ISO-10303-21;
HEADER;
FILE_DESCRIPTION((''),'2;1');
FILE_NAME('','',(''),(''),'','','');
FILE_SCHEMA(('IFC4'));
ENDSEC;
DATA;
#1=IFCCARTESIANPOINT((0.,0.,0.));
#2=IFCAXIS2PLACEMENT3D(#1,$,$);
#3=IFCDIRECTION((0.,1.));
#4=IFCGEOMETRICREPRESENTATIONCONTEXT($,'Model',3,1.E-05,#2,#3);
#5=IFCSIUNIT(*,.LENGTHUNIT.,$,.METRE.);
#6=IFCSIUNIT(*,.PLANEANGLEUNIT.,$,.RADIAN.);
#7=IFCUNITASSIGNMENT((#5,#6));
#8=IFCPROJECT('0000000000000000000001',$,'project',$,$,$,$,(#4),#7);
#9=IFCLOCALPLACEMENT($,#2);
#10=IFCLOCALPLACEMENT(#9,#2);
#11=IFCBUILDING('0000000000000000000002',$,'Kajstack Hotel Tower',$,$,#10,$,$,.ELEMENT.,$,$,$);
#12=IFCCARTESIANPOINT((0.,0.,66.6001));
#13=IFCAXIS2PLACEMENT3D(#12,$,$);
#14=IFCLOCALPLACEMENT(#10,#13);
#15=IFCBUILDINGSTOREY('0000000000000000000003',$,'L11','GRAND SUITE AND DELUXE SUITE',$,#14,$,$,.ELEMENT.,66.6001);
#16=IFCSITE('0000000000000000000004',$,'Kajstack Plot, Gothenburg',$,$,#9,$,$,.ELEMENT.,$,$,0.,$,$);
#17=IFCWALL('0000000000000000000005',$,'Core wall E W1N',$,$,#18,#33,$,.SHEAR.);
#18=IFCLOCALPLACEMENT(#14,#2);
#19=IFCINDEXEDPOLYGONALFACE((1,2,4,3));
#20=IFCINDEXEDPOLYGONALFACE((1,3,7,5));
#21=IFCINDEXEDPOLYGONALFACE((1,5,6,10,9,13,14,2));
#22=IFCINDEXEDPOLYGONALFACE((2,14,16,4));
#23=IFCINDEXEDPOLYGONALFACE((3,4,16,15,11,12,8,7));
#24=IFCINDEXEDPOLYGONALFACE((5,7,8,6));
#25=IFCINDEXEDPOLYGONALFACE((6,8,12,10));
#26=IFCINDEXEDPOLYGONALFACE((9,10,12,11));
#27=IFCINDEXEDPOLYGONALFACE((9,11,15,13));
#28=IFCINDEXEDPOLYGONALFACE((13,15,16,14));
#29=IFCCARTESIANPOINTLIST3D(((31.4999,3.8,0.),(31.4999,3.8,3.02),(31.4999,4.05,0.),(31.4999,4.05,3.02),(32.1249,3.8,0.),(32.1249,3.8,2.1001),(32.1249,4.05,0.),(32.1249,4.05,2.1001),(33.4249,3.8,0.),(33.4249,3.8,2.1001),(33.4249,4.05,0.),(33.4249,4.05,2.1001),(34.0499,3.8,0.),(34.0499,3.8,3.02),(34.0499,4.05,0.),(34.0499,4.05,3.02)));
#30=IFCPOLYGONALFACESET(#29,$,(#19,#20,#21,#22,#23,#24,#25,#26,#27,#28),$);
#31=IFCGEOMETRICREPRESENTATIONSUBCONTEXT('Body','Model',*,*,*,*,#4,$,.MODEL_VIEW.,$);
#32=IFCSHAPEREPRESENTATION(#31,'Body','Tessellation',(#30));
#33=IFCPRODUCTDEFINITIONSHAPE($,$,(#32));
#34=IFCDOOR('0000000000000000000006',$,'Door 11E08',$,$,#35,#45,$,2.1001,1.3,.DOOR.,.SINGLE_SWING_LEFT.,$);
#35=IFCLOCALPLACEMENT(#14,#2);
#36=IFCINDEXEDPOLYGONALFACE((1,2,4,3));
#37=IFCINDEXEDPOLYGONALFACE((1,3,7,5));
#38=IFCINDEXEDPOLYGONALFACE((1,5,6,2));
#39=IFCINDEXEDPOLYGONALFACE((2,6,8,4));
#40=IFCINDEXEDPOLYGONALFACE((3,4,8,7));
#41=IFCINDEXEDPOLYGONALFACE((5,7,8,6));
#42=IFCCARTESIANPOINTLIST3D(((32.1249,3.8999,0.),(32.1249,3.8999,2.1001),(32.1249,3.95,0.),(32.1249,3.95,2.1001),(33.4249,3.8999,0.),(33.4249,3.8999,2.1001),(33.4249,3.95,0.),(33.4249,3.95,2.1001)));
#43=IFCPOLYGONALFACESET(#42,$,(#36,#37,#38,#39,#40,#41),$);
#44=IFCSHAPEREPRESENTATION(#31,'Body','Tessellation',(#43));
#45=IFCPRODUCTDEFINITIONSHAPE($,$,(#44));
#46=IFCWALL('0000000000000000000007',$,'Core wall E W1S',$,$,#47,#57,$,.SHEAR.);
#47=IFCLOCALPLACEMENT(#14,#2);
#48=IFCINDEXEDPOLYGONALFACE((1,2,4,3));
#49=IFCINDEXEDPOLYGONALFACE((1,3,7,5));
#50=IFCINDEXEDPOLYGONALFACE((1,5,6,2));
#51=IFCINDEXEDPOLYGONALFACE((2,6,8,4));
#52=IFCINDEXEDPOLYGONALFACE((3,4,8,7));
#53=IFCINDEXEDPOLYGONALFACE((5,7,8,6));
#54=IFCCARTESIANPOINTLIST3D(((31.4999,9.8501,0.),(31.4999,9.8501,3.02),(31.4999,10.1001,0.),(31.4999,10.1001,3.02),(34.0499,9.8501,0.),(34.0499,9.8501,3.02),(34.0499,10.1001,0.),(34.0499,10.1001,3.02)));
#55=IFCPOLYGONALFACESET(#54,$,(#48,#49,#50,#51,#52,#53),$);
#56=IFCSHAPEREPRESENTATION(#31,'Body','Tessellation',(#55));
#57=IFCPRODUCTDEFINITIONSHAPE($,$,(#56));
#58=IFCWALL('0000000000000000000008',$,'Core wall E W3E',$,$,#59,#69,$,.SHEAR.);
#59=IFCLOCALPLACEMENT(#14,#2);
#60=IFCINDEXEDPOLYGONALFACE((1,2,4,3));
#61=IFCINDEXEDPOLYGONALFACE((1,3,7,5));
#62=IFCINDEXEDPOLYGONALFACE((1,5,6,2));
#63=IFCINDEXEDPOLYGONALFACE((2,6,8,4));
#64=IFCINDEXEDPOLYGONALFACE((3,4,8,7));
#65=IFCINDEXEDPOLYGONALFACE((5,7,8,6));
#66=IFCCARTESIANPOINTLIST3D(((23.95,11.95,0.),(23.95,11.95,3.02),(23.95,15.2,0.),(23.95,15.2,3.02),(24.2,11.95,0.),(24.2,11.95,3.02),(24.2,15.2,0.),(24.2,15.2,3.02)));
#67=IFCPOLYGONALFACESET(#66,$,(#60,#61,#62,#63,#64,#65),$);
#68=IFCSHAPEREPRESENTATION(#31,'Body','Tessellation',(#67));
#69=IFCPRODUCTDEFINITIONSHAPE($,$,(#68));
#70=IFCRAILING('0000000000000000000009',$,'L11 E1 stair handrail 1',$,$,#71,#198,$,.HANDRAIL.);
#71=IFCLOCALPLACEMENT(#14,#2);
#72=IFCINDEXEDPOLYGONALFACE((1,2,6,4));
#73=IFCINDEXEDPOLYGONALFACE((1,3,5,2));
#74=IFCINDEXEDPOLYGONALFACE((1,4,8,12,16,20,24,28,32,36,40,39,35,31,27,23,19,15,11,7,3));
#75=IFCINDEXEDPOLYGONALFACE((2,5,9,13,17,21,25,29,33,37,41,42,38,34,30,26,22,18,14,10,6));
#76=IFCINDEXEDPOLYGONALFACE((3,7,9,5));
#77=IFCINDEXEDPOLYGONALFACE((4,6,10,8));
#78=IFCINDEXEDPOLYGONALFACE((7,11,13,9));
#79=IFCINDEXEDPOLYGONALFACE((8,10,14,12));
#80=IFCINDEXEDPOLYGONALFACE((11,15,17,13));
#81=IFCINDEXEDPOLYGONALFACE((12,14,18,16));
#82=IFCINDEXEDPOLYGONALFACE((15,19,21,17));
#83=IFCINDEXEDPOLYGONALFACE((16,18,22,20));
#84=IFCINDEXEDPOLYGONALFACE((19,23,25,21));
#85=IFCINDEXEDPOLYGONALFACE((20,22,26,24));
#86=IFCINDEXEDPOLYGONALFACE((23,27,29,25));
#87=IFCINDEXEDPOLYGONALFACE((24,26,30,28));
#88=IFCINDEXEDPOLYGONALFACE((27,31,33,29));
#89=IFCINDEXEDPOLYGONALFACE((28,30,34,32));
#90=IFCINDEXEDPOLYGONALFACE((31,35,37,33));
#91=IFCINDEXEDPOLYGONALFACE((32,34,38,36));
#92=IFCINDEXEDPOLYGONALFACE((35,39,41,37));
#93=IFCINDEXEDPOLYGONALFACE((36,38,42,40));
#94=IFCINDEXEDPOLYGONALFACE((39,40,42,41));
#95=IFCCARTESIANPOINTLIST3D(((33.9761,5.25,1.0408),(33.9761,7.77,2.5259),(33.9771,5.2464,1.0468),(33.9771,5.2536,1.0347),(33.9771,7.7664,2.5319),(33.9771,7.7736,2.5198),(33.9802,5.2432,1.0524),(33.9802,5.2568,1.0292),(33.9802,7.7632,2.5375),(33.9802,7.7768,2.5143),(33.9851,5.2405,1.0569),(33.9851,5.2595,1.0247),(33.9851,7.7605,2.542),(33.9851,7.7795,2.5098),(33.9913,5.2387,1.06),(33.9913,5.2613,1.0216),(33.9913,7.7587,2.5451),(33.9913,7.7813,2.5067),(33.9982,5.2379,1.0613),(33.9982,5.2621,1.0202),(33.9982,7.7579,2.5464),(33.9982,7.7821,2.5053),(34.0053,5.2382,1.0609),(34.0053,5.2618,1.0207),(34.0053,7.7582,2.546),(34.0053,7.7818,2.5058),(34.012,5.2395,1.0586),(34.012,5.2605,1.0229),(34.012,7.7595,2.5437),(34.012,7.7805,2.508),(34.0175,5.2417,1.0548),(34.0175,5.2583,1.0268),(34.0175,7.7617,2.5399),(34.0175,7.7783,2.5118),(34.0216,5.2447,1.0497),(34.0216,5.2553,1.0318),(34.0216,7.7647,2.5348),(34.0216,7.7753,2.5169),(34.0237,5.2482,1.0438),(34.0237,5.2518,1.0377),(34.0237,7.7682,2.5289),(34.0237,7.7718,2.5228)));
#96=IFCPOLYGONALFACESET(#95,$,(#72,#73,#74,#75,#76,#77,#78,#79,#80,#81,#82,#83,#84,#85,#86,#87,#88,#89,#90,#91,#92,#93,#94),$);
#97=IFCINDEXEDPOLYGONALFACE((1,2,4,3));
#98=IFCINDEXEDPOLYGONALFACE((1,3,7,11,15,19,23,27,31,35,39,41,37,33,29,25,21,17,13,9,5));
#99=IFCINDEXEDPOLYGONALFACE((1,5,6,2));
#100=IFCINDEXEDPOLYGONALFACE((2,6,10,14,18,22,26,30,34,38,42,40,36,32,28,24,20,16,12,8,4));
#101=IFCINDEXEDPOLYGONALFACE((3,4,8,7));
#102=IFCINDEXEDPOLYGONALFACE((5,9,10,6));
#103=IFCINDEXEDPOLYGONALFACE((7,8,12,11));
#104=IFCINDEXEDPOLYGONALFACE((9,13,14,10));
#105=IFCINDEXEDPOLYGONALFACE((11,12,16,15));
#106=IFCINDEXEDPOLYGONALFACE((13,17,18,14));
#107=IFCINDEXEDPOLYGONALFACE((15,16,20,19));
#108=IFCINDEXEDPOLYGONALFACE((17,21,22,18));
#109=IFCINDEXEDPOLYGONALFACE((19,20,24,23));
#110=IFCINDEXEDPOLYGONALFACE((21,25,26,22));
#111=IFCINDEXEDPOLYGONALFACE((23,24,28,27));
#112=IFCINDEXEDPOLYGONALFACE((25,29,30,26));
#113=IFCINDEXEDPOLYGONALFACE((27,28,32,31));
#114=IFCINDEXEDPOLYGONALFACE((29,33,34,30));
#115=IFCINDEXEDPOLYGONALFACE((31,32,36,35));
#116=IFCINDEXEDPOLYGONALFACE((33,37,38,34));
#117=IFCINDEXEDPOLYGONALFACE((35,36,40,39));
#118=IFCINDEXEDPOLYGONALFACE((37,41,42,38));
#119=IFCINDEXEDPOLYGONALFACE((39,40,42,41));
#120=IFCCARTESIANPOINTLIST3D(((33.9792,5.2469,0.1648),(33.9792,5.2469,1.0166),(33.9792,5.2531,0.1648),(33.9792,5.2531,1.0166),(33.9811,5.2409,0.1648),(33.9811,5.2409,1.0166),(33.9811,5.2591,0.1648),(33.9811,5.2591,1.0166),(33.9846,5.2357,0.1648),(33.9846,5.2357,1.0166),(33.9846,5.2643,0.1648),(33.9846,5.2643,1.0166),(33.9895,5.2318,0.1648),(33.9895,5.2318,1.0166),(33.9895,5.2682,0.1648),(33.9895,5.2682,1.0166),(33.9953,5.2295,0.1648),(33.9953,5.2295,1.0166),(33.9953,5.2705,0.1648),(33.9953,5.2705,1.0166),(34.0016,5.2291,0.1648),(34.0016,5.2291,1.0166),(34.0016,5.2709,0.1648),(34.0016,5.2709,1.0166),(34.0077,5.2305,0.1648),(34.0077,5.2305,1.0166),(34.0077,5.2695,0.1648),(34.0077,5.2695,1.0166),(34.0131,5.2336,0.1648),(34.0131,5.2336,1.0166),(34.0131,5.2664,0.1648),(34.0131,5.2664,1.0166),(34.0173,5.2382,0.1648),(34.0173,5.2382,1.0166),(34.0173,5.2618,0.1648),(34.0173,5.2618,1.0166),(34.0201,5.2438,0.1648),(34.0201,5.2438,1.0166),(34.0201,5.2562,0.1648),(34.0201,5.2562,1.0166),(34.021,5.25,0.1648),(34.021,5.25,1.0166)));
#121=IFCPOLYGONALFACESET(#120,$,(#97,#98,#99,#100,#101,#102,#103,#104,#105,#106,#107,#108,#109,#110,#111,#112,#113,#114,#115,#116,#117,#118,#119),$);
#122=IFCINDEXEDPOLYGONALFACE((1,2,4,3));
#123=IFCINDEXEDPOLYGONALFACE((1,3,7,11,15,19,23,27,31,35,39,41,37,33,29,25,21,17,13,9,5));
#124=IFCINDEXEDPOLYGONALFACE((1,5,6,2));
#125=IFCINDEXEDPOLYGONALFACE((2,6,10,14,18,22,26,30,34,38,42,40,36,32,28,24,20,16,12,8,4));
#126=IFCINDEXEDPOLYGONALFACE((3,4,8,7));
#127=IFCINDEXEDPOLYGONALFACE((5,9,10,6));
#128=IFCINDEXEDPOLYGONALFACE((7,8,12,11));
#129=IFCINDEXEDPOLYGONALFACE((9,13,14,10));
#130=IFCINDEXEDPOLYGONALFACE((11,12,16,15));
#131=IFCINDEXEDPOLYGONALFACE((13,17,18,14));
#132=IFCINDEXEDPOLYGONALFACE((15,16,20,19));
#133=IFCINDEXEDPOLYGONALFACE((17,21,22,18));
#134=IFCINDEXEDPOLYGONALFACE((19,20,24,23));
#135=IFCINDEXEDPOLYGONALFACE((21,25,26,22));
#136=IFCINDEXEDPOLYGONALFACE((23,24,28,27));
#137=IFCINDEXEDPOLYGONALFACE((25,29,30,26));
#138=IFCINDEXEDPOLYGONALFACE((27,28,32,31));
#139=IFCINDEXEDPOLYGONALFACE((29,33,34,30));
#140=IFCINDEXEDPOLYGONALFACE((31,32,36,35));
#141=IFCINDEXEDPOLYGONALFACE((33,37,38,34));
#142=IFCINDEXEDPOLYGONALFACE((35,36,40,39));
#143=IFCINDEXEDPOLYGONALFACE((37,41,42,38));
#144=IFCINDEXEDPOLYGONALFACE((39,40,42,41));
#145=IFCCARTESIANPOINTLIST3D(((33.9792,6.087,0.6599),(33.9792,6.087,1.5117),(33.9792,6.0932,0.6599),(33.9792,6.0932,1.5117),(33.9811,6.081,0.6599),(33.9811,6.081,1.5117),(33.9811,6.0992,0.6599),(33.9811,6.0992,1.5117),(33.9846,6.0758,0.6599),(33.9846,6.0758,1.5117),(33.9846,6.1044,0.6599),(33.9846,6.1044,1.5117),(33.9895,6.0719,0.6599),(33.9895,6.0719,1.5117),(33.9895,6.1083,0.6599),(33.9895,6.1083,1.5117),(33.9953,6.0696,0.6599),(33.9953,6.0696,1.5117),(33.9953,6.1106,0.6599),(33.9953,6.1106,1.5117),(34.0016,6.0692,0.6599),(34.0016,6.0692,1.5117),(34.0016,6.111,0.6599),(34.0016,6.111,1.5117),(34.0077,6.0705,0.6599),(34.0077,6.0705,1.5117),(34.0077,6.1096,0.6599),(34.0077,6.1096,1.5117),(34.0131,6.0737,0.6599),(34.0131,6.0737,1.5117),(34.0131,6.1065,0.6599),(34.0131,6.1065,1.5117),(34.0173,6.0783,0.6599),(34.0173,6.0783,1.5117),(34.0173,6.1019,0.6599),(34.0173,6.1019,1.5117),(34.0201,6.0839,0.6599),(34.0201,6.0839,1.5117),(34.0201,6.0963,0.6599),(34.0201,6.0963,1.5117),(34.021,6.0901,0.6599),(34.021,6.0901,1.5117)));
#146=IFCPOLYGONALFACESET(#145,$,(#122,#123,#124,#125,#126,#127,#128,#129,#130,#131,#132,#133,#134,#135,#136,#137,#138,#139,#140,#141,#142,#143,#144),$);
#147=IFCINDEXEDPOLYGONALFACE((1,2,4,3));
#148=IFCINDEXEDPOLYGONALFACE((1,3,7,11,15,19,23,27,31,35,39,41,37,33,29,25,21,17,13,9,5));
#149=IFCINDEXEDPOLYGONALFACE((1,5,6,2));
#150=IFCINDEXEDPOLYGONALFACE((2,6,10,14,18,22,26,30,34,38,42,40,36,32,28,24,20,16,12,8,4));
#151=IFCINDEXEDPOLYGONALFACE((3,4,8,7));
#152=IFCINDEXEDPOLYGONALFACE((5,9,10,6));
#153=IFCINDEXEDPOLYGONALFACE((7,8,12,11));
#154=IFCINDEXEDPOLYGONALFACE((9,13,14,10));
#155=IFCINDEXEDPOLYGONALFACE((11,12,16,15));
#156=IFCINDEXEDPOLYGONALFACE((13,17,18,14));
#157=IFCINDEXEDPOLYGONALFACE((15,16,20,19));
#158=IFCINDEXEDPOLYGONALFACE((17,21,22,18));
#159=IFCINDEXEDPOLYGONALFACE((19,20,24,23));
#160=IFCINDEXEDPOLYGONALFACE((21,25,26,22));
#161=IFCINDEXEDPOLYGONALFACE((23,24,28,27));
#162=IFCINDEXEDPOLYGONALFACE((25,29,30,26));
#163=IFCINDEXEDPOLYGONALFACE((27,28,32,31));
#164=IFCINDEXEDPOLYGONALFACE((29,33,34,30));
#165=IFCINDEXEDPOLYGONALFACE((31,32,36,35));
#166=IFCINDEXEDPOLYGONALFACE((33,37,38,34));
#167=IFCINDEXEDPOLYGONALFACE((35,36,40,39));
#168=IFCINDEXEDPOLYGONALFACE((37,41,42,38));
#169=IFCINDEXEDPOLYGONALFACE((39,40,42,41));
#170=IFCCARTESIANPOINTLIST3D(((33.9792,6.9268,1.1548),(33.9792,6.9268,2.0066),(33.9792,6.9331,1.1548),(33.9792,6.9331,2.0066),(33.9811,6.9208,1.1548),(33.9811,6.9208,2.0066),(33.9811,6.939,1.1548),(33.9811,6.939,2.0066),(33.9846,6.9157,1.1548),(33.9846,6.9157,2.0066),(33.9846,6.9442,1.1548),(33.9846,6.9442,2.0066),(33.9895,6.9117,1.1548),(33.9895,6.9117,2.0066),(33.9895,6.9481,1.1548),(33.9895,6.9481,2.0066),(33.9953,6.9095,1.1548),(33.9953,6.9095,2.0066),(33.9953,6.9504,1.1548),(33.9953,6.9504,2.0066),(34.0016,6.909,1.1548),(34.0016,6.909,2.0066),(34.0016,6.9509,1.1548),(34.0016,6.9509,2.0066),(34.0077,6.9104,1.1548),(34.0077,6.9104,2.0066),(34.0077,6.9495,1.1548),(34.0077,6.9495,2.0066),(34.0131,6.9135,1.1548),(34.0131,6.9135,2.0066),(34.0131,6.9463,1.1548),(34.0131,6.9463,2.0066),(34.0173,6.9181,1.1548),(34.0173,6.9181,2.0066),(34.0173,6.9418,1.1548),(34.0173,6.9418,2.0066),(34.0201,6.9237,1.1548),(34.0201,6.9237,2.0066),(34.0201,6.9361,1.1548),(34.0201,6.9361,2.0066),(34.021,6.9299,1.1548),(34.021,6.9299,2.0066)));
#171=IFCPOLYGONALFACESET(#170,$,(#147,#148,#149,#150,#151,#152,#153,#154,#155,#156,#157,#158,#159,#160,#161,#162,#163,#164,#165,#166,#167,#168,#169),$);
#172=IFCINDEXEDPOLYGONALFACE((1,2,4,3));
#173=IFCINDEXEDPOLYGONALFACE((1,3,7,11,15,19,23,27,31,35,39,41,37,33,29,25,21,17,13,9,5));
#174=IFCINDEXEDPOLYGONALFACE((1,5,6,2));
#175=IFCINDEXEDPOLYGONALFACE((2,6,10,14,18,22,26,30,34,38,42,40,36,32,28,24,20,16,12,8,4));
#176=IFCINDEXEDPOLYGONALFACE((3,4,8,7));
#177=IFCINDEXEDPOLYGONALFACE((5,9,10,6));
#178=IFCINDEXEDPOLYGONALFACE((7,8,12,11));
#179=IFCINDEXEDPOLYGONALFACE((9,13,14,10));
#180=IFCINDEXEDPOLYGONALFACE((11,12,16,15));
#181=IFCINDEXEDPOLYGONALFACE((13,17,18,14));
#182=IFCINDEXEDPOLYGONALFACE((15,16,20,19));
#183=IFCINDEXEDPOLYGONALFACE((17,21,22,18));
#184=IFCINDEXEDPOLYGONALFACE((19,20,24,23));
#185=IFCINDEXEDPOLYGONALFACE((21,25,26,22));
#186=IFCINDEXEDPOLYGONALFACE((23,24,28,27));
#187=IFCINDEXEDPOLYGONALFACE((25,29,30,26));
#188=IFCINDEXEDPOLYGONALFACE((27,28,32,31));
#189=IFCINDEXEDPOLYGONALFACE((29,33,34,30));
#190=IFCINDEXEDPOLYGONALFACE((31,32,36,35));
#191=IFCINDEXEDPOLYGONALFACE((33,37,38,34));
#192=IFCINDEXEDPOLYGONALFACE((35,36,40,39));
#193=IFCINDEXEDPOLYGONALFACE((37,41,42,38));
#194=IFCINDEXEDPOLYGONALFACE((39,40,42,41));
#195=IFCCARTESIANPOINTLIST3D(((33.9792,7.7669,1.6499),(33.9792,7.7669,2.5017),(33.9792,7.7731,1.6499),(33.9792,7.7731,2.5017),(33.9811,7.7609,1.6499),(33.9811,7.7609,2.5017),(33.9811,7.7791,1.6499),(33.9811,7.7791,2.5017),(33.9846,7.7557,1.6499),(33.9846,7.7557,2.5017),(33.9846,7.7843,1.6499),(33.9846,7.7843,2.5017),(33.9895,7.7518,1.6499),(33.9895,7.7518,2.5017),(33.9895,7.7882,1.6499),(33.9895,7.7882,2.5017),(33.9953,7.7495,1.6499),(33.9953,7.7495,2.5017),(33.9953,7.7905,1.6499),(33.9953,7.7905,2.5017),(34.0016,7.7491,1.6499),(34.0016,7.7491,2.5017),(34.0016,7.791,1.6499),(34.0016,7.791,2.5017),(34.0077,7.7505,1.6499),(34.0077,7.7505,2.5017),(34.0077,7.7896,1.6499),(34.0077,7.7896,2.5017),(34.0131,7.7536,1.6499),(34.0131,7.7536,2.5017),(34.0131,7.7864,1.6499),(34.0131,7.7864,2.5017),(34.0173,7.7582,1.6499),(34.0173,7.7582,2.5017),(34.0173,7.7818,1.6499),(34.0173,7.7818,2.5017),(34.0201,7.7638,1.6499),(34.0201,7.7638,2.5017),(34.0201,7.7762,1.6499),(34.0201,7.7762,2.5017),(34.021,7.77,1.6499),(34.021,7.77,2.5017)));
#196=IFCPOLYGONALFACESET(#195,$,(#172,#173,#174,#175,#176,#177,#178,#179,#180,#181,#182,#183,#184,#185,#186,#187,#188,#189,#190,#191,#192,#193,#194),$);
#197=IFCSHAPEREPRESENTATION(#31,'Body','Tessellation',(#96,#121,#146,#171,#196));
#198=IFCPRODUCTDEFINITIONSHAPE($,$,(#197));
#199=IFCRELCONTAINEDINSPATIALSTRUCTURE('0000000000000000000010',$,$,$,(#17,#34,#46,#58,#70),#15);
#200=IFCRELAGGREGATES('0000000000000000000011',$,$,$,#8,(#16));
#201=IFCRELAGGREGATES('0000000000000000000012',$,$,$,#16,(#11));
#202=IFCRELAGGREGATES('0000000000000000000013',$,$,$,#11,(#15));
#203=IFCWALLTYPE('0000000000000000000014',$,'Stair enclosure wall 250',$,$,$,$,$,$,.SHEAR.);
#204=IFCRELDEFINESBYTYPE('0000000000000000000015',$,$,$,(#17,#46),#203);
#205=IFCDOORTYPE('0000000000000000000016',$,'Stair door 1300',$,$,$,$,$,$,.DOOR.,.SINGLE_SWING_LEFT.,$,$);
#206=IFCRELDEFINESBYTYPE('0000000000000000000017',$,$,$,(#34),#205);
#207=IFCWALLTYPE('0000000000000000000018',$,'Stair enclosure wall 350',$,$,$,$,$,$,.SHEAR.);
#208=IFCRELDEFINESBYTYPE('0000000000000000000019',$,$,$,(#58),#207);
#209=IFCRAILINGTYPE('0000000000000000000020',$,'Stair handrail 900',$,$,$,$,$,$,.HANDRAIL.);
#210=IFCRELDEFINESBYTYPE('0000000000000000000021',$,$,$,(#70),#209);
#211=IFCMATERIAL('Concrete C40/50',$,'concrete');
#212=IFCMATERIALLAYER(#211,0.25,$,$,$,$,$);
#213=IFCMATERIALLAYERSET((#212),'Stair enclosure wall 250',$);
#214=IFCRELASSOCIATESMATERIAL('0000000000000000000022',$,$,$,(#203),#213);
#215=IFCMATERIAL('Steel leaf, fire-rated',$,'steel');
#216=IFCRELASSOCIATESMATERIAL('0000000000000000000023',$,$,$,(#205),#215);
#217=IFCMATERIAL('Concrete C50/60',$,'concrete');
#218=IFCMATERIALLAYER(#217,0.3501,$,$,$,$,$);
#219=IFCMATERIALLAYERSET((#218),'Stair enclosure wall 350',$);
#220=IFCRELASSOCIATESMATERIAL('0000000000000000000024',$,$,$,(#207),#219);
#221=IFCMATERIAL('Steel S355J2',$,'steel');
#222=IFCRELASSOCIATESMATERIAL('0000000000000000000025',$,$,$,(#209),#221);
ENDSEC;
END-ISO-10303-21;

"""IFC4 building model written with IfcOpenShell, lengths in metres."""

from ifc_helpers import new_model, si_unit, direction, frame, frame_2d, origin, origin_2d, place, context, subcontext, project, spatial, rectangle, circle, extrude, material, layer, layer_set, type_object, element, fill, save


model = new_model("IFC4")

# Units and contexts
model_context = context("Model", 3, precision=1e-05, world=origin(), true_north=direction((0.0, 1.0)))
body_context = subcontext(model_context, "Body", "Model", "MODEL_VIEW")
ifc_project = project(units=[si_unit("LENGTHUNIT", "METRE"), si_unit("PLANEANGLEUNIT", "RADIAN")], contexts=[model_context])

# Site, building, storey
site_placement = place(None, origin())
site = spatial("IfcSite", under=ifc_project, at=site_placement, Name="Kajstack Plot, Gothenburg", CompositionType="ELEMENT", RefElevation=0.0)
building_placement = place(site_placement, origin())
building = spatial("IfcBuilding", under=site, at=building_placement, Name="Kajstack Hotel Tower", CompositionType="ELEMENT")
storey_placement = place(building_placement, frame((0.0, 0.0, 66.6001)))
storey = spatial("IfcBuildingStorey", under=building, at=storey_placement, Name="L11", Description="GRAND SUITE AND DELUXE SUITE", CompositionType="ELEMENT", Elevation=66.6001)

# Shared definitions
ifc_material_1 = material(Name="Concrete C40/50", Category="concrete")
ifc_material_2 = material(Name="Concrete C50/60", Category="concrete")

# Wall, opening, door
ifc_layer_1 = layer(ifc_material_1, 0.25)
ifc_layer_set_1 = layer_set([ifc_layer_1], Name="Stair enclosure wall 250")
wall_type_1 = type_object("IfcWallType", Name="Stair enclosure wall 250", PredefinedType="SHEAR", material=ifc_layer_set_1)
wall_1_placement = place(storey_placement, frame((31.5, 3.925, 0.0), z_axis=(0.0, 0.0, 1.0), x_axis=(1.0, 0.0, 0.0)))
wall_1 = element("IfcWall", 1, at=wall_1_placement, inside=storey, type_object=wall_type_1, Name="Core wall E W1N", PredefinedType="SHEAR", context=body_context, shape_type="SweptSolid", body=[
    extrude(rectangle(XDim=2.55, YDim=0.25, at=frame_2d((1.2749, 0.0))), origin(), (0.0, 0.0, 1.0), 3.02),
])
opening_1_placement = place(wall_1_placement, frame((0.625, 0.0, 0.0)))
opening_1 = element("IfcOpeningElement", 2, at=opening_1_placement, cuts=wall_1, PredefinedType="OPENING", context=body_context, shape_type="SweptSolid", body=[
    extrude(rectangle(XDim=1.3, YDim=2.1001, at=frame_2d((0.6499, 1.05))), frame((0.0, 0.135, 0.0), z_axis=(0.0, -1.0, 0.0), x_axis=(1.0, 0.0, 0.0)), (0.0, 0.0, 1.0), 0.27),
])
ifc_material_3 = material(Name="Steel leaf, fire-rated", Category="steel")
door_type_1 = type_object("IfcDoorType", Name="Stair door 1300", OperationType="SINGLE_SWING_LEFT", PredefinedType="DOOR", material=ifc_material_3)
door_1_placement = place(opening_1_placement, origin())
door_1 = element("IfcDoor", 3, at=door_1_placement, inside=storey, type_object=door_type_1, Name="Door 11E08", OperationType="SINGLE_SWING_LEFT", OverallHeight=2.1001, OverallWidth=1.3, PredefinedType="DOOR", context=body_context, shape_type="SweptSolid", body=[
    extrude(rectangle(XDim=1.3, YDim=2.1001, at=frame_2d((0.6499, 1.05))), frame((0.0, 0.0249, 0.0), z_axis=(0.0, -1.0, 0.0), x_axis=(1.0, 0.0, 0.0)), (0.0, 0.0, 1.0), 0.05),
])
fill(opening_1, door_1)

# Walls
wall_2_placement = place(storey_placement, frame((31.5, 9.9751, 0.0), z_axis=(0.0, 0.0, 1.0), x_axis=(1.0, 0.0, 0.0)))
element("IfcWall", 4, at=wall_2_placement, inside=storey, type_object=wall_type_1, Name="Core wall E W1S", PredefinedType="SHEAR", context=body_context, shape_type="SweptSolid", body=[
    extrude(rectangle(XDim=2.55, YDim=0.25, at=frame_2d((1.2749, 0.0))), origin(), (0.0, 0.0, 1.0), 3.02),
])
ifc_layer_2 = layer(ifc_material_2, 0.3501)
ifc_layer_set_2 = layer_set([ifc_layer_2], Name="Stair enclosure wall 350")
wall_type_2 = type_object("IfcWallType", Name="Stair enclosure wall 350", PredefinedType="SHEAR", material=ifc_layer_set_2)
wall_3_placement = place(storey_placement, frame((24.075, 11.95, 0.0), z_axis=(0.0, 0.0, 1.0), x_axis=(0.0, 1.0, 0.0)))
element("IfcWall", 5, at=wall_3_placement, inside=storey, type_object=wall_type_2, Name="Core wall E W3E", PredefinedType="SHEAR", context=body_context, shape_type="SweptSolid", body=[
    extrude(rectangle(XDim=3.25, YDim=0.25, at=frame_2d((1.625, 0.0))), origin(), (0.0, 0.0, 1.0), 3.02),
])

# Railing
ifc_material_4 = material(Name="Steel S355J2", Category="steel")
railing_type_1 = type_object("IfcRailingType", Name="Stair handrail 900", PredefinedType="HANDRAIL", material=ifc_material_4)
railing_1_placement = place(storey_placement, frame((34.0, 5.25, 0.1648)))
element("IfcRailing", 6, at=railing_1_placement, inside=storey, type_object=railing_type_1, Name="L11 E1 stair handrail 1", PredefinedType="HANDRAIL", context=body_context, shape_type="SweptSolid", body=[
    extrude(circle(Radius=0.0239, at=origin_2d()), frame((0.0, 0.0, 0.876), z_axis=(0.0, 0.861524, 0.507717), x_axis=(-1.0, 0.0, 0.0)), (0.0, 0.0, 1.0), 2.925),
    extrude(circle(Radius=0.021, at=origin_2d()), origin(), (0.0, 0.0, 1.0), 0.8518),
    extrude(circle(Radius=0.021, at=origin_2d()), frame((0.0, 0.8401, 0.4951)), (0.0, 0.0, 1.0), 0.8518),
    extrude(circle(Radius=0.021, at=origin_2d()), frame((0.0, 1.6799, 0.99)), (0.0, 0.0, 1.0), 0.8518),
    extrude(circle(Radius=0.021, at=origin_2d()), frame((0.0, 2.52, 1.4851)), (0.0, 0.0, 1.0), 0.8518),
])

save(model, "model.ifc")
